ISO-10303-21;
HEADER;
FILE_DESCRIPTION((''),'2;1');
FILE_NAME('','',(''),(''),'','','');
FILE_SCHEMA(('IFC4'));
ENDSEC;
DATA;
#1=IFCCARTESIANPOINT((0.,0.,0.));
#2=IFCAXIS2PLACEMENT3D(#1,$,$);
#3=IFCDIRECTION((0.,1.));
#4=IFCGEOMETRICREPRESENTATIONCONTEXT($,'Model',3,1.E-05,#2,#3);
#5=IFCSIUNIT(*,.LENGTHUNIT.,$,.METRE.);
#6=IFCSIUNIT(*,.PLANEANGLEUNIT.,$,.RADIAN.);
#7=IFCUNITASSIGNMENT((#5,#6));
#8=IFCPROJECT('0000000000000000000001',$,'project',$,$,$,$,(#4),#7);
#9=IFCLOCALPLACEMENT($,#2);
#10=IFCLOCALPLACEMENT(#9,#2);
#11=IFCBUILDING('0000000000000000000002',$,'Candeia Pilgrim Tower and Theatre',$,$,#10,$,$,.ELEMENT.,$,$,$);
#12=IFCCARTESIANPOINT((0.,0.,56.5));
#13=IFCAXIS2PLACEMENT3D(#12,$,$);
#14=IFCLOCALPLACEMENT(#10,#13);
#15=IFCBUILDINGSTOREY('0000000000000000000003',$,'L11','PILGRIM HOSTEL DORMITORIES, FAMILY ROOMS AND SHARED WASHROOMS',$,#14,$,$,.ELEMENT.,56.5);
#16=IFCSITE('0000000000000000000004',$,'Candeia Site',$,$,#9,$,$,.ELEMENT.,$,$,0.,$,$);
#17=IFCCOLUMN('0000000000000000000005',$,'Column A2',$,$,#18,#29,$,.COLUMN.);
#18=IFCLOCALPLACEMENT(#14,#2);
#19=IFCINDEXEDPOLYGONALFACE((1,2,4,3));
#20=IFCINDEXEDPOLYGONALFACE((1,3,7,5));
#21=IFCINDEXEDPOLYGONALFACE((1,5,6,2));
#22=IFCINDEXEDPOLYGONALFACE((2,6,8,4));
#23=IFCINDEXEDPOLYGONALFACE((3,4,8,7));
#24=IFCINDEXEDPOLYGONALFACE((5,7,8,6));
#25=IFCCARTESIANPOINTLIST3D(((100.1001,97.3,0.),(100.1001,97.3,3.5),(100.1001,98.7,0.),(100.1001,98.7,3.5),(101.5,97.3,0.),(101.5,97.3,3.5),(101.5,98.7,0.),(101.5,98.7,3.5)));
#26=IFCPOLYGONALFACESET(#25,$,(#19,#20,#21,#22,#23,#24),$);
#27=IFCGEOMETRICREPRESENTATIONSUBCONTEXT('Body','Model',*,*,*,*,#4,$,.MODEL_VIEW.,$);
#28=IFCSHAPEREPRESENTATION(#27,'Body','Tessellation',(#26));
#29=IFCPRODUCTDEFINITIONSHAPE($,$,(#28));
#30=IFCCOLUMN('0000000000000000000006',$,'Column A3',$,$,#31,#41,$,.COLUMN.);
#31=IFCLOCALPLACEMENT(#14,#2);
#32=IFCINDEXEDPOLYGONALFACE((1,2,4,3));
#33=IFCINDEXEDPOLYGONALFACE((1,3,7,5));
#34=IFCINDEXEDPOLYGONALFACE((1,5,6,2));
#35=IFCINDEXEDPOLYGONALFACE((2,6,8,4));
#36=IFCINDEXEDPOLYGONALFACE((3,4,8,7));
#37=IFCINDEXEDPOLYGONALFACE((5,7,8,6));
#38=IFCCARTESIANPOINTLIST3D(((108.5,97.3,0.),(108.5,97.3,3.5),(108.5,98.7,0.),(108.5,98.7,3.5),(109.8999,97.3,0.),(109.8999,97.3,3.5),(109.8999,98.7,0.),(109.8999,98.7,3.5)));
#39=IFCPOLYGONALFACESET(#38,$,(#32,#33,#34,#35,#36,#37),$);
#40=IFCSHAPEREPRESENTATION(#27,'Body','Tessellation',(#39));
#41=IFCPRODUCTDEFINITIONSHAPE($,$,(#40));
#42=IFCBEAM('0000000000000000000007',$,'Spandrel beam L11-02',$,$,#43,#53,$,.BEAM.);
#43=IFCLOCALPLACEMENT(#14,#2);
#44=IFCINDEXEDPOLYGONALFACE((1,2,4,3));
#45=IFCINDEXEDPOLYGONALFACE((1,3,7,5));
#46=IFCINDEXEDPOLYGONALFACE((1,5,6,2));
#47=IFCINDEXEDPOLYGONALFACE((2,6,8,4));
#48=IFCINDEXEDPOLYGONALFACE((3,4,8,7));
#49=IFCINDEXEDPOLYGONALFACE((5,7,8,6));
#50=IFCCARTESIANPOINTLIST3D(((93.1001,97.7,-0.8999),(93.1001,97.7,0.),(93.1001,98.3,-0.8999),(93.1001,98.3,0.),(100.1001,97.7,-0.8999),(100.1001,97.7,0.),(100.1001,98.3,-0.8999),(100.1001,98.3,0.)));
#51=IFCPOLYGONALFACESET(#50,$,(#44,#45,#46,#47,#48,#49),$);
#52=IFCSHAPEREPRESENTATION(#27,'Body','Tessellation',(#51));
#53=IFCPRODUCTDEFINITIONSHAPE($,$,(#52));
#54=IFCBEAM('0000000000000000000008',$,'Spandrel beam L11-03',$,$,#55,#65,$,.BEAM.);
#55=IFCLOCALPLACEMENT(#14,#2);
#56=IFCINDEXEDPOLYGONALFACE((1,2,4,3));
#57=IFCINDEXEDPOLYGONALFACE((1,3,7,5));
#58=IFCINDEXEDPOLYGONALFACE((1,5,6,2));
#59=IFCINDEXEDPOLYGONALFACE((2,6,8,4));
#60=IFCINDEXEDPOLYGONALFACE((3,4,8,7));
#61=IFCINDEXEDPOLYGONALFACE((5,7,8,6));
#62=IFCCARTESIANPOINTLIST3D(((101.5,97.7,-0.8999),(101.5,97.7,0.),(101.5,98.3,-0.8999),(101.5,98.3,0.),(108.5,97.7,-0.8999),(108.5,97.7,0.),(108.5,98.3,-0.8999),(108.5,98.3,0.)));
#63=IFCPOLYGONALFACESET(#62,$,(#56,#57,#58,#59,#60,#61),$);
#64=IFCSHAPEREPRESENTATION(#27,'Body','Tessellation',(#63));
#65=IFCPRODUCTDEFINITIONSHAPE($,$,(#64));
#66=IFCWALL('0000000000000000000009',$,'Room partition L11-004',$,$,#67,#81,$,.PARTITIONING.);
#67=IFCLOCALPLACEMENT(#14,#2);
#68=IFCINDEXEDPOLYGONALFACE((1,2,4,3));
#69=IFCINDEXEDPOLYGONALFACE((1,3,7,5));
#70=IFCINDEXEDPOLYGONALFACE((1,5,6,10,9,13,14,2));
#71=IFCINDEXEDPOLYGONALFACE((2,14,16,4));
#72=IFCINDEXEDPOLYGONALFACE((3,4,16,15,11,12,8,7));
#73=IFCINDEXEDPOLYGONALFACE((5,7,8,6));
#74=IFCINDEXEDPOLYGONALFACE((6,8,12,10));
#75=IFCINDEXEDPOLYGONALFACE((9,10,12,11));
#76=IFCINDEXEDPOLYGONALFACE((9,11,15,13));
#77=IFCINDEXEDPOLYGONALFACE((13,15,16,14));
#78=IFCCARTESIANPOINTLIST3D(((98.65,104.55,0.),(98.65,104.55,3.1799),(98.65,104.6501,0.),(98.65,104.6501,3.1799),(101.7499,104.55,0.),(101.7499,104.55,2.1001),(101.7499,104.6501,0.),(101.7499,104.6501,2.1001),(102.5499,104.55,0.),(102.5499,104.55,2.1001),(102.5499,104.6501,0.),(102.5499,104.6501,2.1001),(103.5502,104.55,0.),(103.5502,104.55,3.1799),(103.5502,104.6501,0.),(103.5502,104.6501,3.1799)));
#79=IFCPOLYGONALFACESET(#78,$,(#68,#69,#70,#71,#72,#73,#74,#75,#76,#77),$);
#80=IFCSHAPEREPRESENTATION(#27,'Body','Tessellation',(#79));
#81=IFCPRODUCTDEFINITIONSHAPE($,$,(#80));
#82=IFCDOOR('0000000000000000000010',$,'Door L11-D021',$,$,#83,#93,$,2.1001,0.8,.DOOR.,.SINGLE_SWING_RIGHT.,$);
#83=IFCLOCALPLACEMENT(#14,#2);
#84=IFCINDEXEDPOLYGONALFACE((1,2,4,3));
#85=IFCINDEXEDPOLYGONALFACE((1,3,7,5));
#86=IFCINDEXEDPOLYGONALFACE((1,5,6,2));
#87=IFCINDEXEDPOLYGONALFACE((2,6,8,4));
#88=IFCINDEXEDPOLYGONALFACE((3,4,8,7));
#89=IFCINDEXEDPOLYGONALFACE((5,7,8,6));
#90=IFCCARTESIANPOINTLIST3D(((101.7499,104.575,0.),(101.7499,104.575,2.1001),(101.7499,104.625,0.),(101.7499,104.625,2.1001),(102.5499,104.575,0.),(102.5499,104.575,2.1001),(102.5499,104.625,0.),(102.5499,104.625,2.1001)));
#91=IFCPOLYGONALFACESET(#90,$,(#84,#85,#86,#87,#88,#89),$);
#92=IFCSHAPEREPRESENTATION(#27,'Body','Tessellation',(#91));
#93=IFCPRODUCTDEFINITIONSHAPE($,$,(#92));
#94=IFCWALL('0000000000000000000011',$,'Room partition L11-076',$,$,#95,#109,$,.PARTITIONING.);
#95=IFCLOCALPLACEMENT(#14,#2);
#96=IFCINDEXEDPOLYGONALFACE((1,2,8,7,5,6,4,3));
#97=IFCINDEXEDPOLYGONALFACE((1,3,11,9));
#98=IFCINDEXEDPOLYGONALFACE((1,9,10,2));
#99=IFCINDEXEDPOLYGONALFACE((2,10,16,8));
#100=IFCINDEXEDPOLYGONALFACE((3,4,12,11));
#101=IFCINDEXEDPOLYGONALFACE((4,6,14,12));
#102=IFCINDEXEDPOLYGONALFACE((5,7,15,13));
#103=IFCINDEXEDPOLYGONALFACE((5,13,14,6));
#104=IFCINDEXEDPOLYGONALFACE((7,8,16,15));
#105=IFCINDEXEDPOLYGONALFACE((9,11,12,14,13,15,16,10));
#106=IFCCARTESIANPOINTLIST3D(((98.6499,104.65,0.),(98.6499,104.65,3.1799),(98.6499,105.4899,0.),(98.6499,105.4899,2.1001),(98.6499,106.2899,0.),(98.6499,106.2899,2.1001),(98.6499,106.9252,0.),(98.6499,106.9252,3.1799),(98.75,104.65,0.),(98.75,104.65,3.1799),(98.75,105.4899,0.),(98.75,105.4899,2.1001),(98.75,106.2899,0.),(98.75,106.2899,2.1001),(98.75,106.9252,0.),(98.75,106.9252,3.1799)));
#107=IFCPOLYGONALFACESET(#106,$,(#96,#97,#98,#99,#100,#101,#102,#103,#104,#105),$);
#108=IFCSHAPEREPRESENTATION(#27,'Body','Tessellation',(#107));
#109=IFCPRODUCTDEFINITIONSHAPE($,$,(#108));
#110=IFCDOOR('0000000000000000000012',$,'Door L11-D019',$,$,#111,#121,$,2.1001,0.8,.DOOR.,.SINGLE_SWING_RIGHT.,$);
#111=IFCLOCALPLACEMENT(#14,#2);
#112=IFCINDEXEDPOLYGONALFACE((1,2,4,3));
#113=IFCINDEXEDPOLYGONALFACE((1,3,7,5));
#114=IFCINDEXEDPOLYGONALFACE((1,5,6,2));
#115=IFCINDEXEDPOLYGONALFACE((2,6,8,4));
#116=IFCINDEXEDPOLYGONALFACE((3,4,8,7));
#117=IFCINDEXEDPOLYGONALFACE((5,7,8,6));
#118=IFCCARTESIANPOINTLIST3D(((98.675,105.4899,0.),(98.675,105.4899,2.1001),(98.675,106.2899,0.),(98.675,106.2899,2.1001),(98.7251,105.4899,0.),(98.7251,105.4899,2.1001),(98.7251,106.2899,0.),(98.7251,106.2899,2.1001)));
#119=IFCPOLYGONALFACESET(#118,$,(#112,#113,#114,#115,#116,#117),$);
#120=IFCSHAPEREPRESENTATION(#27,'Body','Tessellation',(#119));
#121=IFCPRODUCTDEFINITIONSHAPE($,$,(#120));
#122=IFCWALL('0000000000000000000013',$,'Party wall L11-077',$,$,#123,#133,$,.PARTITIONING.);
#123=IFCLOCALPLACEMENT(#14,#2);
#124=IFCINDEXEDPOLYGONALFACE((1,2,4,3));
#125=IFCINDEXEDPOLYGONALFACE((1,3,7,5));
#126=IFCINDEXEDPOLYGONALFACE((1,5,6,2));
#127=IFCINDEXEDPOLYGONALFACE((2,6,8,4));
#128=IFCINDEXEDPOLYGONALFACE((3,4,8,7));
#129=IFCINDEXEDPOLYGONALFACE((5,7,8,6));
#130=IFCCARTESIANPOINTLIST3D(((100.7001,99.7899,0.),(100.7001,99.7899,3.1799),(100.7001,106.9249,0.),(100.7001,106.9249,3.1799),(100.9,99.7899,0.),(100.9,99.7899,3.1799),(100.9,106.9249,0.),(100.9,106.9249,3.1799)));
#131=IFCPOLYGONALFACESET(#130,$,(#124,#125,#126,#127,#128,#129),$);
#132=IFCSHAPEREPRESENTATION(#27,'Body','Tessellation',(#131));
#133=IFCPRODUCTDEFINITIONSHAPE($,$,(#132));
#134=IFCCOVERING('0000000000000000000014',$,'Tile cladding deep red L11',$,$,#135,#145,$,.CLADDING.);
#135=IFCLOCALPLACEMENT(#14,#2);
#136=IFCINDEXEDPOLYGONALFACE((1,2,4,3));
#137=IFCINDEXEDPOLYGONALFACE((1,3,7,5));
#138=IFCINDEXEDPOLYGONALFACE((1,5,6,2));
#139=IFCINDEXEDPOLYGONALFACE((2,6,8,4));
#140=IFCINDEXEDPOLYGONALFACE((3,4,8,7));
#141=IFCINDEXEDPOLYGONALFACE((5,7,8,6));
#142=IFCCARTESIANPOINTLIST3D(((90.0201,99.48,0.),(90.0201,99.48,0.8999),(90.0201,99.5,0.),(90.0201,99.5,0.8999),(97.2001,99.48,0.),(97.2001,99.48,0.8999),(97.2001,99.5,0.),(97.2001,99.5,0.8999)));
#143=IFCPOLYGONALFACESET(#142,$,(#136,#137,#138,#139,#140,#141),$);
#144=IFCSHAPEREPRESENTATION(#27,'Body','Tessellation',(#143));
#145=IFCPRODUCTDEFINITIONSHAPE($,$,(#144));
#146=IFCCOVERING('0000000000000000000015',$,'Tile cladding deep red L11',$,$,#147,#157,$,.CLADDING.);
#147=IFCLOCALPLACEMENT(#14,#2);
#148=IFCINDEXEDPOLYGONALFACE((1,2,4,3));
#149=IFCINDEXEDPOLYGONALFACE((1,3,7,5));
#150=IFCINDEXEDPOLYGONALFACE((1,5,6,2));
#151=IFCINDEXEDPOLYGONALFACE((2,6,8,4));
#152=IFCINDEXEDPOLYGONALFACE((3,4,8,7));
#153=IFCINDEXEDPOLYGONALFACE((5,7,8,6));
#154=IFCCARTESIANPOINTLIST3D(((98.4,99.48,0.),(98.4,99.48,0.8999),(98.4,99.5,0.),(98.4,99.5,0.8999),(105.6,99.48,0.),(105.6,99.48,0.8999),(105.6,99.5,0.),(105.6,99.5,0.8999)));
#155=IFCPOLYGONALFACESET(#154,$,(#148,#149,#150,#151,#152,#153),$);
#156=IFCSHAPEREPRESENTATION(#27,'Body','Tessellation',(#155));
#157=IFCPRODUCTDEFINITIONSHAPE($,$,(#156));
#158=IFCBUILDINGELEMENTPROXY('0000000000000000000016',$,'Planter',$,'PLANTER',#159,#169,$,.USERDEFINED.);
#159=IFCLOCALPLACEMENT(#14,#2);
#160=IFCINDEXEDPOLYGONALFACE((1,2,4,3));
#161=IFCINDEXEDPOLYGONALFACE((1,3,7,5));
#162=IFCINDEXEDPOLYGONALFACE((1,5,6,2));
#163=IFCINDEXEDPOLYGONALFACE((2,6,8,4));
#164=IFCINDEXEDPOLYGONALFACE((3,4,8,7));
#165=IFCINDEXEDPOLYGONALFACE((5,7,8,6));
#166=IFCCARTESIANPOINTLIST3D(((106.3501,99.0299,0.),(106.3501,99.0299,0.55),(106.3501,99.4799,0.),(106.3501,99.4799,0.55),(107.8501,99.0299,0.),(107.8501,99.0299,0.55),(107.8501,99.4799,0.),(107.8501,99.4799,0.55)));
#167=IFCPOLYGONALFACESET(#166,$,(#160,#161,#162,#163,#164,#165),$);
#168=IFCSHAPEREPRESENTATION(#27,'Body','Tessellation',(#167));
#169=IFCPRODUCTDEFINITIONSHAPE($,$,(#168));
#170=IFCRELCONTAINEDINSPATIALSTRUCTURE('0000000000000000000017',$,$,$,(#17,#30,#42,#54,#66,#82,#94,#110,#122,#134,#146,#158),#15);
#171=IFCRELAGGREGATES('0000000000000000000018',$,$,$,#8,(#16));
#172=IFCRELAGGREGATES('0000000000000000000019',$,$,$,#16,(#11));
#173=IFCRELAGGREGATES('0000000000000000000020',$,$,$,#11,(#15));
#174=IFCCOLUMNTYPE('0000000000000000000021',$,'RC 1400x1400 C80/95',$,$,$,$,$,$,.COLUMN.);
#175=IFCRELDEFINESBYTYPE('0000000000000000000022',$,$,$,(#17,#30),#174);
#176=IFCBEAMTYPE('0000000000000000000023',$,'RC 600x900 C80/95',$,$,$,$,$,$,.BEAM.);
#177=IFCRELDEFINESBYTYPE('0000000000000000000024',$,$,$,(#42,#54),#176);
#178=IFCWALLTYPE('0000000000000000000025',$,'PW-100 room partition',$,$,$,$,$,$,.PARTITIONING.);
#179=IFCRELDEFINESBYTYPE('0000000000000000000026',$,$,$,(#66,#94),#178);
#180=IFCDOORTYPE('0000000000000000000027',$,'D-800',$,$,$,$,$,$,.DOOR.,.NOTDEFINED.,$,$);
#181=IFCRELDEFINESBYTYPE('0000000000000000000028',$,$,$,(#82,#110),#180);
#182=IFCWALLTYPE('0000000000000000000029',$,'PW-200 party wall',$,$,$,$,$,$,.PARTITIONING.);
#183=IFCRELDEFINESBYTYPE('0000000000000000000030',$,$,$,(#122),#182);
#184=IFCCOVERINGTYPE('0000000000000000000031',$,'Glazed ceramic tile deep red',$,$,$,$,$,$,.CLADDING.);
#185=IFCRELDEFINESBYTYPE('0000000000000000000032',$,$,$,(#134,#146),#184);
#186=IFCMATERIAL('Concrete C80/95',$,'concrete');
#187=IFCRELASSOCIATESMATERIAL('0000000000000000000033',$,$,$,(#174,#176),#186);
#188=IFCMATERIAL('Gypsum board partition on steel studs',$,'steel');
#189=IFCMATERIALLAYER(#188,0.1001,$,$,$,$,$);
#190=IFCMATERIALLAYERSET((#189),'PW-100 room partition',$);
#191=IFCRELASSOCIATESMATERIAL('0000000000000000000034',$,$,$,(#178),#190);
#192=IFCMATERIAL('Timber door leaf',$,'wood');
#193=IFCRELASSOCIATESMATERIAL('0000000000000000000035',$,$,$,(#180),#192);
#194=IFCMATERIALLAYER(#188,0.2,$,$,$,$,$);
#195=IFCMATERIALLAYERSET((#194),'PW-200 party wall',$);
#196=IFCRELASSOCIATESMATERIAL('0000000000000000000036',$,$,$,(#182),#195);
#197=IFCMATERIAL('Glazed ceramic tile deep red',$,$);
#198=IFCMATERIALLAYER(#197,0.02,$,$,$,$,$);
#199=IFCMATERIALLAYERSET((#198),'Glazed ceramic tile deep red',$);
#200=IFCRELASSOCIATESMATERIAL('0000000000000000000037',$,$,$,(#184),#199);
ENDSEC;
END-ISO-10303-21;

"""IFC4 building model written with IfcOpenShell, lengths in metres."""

from ifc_helpers import new_model, si_unit, direction, frame, frame_2d, origin, origin_2d, place, context, subcontext, project, spatial, rectangle, extrude, material, layer, layer_set, material_profile, profile_set, type_object, element, fill, save


model = new_model("IFC4")

# Units and contexts
model_context = context("Model", 3, precision=1e-05, world=origin(), true_north=direction((0.0, 1.0)))
body_context = subcontext(model_context, "Body", "Model", "MODEL_VIEW")
ifc_project = project(units=[si_unit("LENGTHUNIT", "METRE"), si_unit("PLANEANGLEUNIT", "RADIAN")], contexts=[model_context])

# Site, building, storey
site_placement = place(None, origin())
site = spatial("IfcSite", under=ifc_project, at=site_placement, Name="Candeia Site", CompositionType="ELEMENT", RefElevation=0.0)
building_placement = place(site_placement, origin())
building = spatial("IfcBuilding", under=site, at=building_placement, Name="Candeia Pilgrim Tower and Theatre", CompositionType="ELEMENT")
storey_placement = place(building_placement, frame((0.0, 0.0, 56.5)))
storey = spatial("IfcBuildingStorey", under=building, at=storey_placement, Name="L11", Description="PILGRIM HOSTEL DORMITORIES, FAMILY ROOMS AND SHARED WASHROOMS", CompositionType="ELEMENT", Elevation=56.5)

# Columns
ifc_material_1 = material(Name="Concrete C80/95", Category="concrete")
ifc_material_profile_1 = material_profile(ifc_material_1, rectangle(XDim=1.3999, YDim=1.3999, at=origin_2d()))
ifc_profile_set_1 = profile_set([ifc_material_profile_1], Name="Concrete C80/95")
column_type = type_object("IfcColumnType", Name="RC 1400x1400 C80/95", PredefinedType="COLUMN", material=ifc_profile_set_1)
for number, where, z_axis, x_axis, name in (
    (1, (100.8, 98.0, 0.0), (0.0, 0.0, 1.0), (1.0, 0.0, 0.0), "Column A2"),
    (2, (109.2, 98.0, 0.0), (0.0, 0.0, 1.0), (1.0, 0.0, 0.0), "Column A3"),
):
    element("IfcColumn", number, at=place(storey_placement, frame(where, z_axis=z_axis, x_axis=x_axis)), inside=storey, type_object=column_type, Name=name, PredefinedType="COLUMN", context=body_context, shape_type="SweptSolid", body=[
        extrude(rectangle(XDim=1.3999, YDim=1.3999, at=origin_2d()), origin(), (0.0, 0.0, 1.0), 3.5),
    ])

# Beams
ifc_material_profile_2 = material_profile(ifc_material_1, rectangle(XDim=0.6001, YDim=0.8999, at=origin_2d()))
ifc_profile_set_2 = profile_set([ifc_material_profile_2], Name="Concrete C80/95")
beam_type = type_object("IfcBeamType", Name="RC 600x900 C80/95", PredefinedType="BEAM", material=ifc_profile_set_2)
for number, where, z_axis, x_axis, name in (
    (3, (93.1001, 98.0, -0.45), (1.0, 0.0, 0.0), (0.0, 1.0, 0.0), "Spandrel beam L11-02"),
    (4, (101.5, 98.0, -0.45), (1.0, 0.0, 0.0), (0.0, 1.0, 0.0), "Spandrel beam L11-03"),
):
    element("IfcBeam", number, at=place(storey_placement, frame(where, z_axis=z_axis, x_axis=x_axis)), inside=storey, type_object=beam_type, Name=name, PredefinedType="BEAM", context=body_context, shape_type="SweptSolid", body=[
        extrude(rectangle(XDim=0.6001, YDim=0.8999, at=origin_2d()), origin(), (0.0, 0.0, 1.0), 7.0),
    ])

# Walls, openings, doors
ifc_material_2 = material(Name="Gypsum board partition on steel studs", Category="steel")
ifc_layer_1 = layer(ifc_material_2, 0.1001)
ifc_layer_set_1 = layer_set([ifc_layer_1], Name="PW-100 room partition")
wall_type_1 = type_object("IfcWallType", Name="PW-100 room partition", PredefinedType="PARTITIONING", material=ifc_layer_set_1)
wall_1_placement = place(storey_placement, frame((98.6499, 104.6001, 0.0), z_axis=(0.0, 0.0, 1.0), x_axis=(1.0, 0.0, 0.0)))
wall_1 = element("IfcWall", 5, at=wall_1_placement, inside=storey, type_object=wall_type_1, Name="Room partition L11-004", PredefinedType="PARTITIONING", context=body_context, shape_type="SweptSolid", body=[
    extrude(rectangle(XDim=4.9001, YDim=0.1001, at=frame_2d((2.4502, 0.0))), origin(), (0.0, 0.0, 1.0), 3.1799),
])
opening_1_placement = place(wall_1_placement, frame((3.1001, 0.0, 0.0)))
opening_1 = element("IfcOpeningElement", 6, at=opening_1_placement, cuts=wall_1, PredefinedType="OPENING", context=body_context, shape_type="SweptSolid", body=[
    extrude(rectangle(XDim=0.8, YDim=2.1001, at=frame_2d((0.3999, 1.05))), frame((0.0, 0.0601, 0.0), z_axis=(0.0, -1.0, 0.0), x_axis=(1.0, 0.0, 0.0)), (0.0, 0.0, 1.0), 0.1201),
])
ifc_material_3 = material(Name="Timber door leaf", Category="wood")
door_type = type_object("IfcDoorType", Name="D-800", OperationType="NOTDEFINED", PredefinedType="DOOR", material=ifc_material_3)
door_1_placement = place(opening_1_placement, origin())
door_1 = element("IfcDoor", 7, at=door_1_placement, inside=storey, type_object=door_type, Name="Door L11-D021", OperationType="SINGLE_SWING_RIGHT", OverallHeight=2.1001, OverallWidth=0.8, PredefinedType="DOOR", context=body_context, shape_type="SweptSolid", body=[
    extrude(rectangle(XDim=0.8, YDim=2.1001, at=frame_2d((0.3999, 1.05))), frame((0.0, 0.0249, 0.0), z_axis=(0.0, -1.0, 0.0), x_axis=(1.0, 0.0, 0.0)), (0.0, 0.0, 1.0), 0.05),
])
fill(opening_1, door_1)
wall_2_placement = place(storey_placement, frame((98.7, 104.6499, 0.0), z_axis=(0.0, 0.0, 1.0), x_axis=(0.0, 1.0, 0.0)))
wall_2 = element("IfcWall", 8, at=wall_2_placement, inside=storey, type_object=wall_type_1, Name="Room partition L11-076", PredefinedType="PARTITIONING", context=body_context, shape_type="SweptSolid", body=[
    extrude(rectangle(XDim=2.2751, YDim=0.1001, at=frame_2d((1.1377, 0.0))), origin(), (0.0, 0.0, 1.0), 3.1799),
])
opening_2_placement = place(wall_2_placement, frame((0.8401, 0.0, 0.0)))
opening_2 = element("IfcOpeningElement", 9, at=opening_2_placement, cuts=wall_2, PredefinedType="OPENING", context=body_context, shape_type="SweptSolid", body=[
    extrude(rectangle(XDim=0.8, YDim=2.1001, at=frame_2d((0.3999, 1.05))), frame((0.0, 0.0601, 0.0), z_axis=(0.0, -1.0, 0.0), x_axis=(1.0, 0.0, 0.0)), (0.0, 0.0, 1.0), 0.1201),
])
door_2_placement = place(opening_2_placement, origin())
door_2 = element("IfcDoor", 10, at=door_2_placement, inside=storey, type_object=door_type, Name="Door L11-D019", OperationType="SINGLE_SWING_RIGHT", OverallHeight=2.1001, OverallWidth=0.8, PredefinedType="DOOR", context=body_context, shape_type="SweptSolid", body=[
    extrude(rectangle(XDim=0.8, YDim=2.1001, at=frame_2d((0.3999, 1.05))), frame((0.0, 0.0249, 0.0), z_axis=(0.0, -1.0, 0.0), x_axis=(1.0, 0.0, 0.0)), (0.0, 0.0, 1.0), 0.05),
])
fill(opening_2, door_2)

# Wall
ifc_layer_2 = layer(ifc_material_2, 0.2)
ifc_layer_set_2 = layer_set([ifc_layer_2], Name="PW-200 party wall")
wall_type_2 = type_object("IfcWallType", Name="PW-200 party wall", PredefinedType="PARTITIONING", material=ifc_layer_set_2)
wall_3_placement = place(storey_placement, frame((100.8, 99.79, 0.0), z_axis=(0.0, 0.0, 1.0), x_axis=(0.0, 1.0, 0.0)))
element("IfcWall", 11, at=wall_3_placement, inside=storey, type_object=wall_type_2, Name="Party wall L11-077", PredefinedType="PARTITIONING", context=body_context, shape_type="SweptSolid", body=[
    extrude(rectangle(XDim=7.135, YDim=0.2, at=frame_2d((3.5674, 0.0))), origin(), (0.0, 0.0, 1.0), 3.1799),
])

# Coverings
ifc_material_4 = material(Name="Glazed ceramic tile deep red")
ifc_layer_3 = layer(ifc_material_4, 0.02)
ifc_layer_set_3 = layer_set([ifc_layer_3], Name="Glazed ceramic tile deep red")
covering_type = type_object("IfcCoveringType", Name="Glazed ceramic tile deep red", PredefinedType="CLADDING", material=ifc_layer_set_3)
covering_1_placement = place(storey_placement, frame((93.6101, 99.49, 0.0), z_axis=(0.0, 0.0, 1.0), x_axis=(1.0, 0.0, 0.0)))
element("IfcCovering", 12, at=covering_1_placement, inside=storey, type_object=covering_type, Name="Tile cladding deep red L11", PredefinedType="CLADDING", context=body_context, shape_type="SweptSolid", body=[
    extrude(rectangle(XDim=7.1799, YDim=0.02, at=origin_2d()), origin(), (0.0, 0.0, 1.0), 0.8999),
])
covering_2_placement = place(storey_placement, frame((102.0, 99.49, 0.0), z_axis=(0.0, 0.0, 1.0), x_axis=(1.0, 0.0, 0.0)))
element("IfcCovering", 13, at=covering_2_placement, inside=storey, type_object=covering_type, Name="Tile cladding deep red L11", PredefinedType="CLADDING", context=body_context, shape_type="SweptSolid", body=[
    extrude(rectangle(XDim=7.2, YDim=0.02, at=origin_2d()), origin(), (0.0, 0.0, 1.0), 0.8999),
])

# Building element proxy
proxy_placement = place(storey_placement, frame((107.1001, 99.2549, 0.0), z_axis=(0.0, 0.0, 1.0), x_axis=(1.0, 0.0, 0.0)))
element("IfcBuildingElementProxy", 14, at=proxy_placement, inside=storey, Name="Planter", ObjectType="PLANTER", PredefinedType="USERDEFINED", context=body_context, shape_type="SweptSolid", body=[
    extrude(rectangle(XDim=1.5, YDim=0.45, at=origin_2d()), origin(), (0.0, 0.0, 1.0), 0.55),
])

save(model, "model.ifc")
